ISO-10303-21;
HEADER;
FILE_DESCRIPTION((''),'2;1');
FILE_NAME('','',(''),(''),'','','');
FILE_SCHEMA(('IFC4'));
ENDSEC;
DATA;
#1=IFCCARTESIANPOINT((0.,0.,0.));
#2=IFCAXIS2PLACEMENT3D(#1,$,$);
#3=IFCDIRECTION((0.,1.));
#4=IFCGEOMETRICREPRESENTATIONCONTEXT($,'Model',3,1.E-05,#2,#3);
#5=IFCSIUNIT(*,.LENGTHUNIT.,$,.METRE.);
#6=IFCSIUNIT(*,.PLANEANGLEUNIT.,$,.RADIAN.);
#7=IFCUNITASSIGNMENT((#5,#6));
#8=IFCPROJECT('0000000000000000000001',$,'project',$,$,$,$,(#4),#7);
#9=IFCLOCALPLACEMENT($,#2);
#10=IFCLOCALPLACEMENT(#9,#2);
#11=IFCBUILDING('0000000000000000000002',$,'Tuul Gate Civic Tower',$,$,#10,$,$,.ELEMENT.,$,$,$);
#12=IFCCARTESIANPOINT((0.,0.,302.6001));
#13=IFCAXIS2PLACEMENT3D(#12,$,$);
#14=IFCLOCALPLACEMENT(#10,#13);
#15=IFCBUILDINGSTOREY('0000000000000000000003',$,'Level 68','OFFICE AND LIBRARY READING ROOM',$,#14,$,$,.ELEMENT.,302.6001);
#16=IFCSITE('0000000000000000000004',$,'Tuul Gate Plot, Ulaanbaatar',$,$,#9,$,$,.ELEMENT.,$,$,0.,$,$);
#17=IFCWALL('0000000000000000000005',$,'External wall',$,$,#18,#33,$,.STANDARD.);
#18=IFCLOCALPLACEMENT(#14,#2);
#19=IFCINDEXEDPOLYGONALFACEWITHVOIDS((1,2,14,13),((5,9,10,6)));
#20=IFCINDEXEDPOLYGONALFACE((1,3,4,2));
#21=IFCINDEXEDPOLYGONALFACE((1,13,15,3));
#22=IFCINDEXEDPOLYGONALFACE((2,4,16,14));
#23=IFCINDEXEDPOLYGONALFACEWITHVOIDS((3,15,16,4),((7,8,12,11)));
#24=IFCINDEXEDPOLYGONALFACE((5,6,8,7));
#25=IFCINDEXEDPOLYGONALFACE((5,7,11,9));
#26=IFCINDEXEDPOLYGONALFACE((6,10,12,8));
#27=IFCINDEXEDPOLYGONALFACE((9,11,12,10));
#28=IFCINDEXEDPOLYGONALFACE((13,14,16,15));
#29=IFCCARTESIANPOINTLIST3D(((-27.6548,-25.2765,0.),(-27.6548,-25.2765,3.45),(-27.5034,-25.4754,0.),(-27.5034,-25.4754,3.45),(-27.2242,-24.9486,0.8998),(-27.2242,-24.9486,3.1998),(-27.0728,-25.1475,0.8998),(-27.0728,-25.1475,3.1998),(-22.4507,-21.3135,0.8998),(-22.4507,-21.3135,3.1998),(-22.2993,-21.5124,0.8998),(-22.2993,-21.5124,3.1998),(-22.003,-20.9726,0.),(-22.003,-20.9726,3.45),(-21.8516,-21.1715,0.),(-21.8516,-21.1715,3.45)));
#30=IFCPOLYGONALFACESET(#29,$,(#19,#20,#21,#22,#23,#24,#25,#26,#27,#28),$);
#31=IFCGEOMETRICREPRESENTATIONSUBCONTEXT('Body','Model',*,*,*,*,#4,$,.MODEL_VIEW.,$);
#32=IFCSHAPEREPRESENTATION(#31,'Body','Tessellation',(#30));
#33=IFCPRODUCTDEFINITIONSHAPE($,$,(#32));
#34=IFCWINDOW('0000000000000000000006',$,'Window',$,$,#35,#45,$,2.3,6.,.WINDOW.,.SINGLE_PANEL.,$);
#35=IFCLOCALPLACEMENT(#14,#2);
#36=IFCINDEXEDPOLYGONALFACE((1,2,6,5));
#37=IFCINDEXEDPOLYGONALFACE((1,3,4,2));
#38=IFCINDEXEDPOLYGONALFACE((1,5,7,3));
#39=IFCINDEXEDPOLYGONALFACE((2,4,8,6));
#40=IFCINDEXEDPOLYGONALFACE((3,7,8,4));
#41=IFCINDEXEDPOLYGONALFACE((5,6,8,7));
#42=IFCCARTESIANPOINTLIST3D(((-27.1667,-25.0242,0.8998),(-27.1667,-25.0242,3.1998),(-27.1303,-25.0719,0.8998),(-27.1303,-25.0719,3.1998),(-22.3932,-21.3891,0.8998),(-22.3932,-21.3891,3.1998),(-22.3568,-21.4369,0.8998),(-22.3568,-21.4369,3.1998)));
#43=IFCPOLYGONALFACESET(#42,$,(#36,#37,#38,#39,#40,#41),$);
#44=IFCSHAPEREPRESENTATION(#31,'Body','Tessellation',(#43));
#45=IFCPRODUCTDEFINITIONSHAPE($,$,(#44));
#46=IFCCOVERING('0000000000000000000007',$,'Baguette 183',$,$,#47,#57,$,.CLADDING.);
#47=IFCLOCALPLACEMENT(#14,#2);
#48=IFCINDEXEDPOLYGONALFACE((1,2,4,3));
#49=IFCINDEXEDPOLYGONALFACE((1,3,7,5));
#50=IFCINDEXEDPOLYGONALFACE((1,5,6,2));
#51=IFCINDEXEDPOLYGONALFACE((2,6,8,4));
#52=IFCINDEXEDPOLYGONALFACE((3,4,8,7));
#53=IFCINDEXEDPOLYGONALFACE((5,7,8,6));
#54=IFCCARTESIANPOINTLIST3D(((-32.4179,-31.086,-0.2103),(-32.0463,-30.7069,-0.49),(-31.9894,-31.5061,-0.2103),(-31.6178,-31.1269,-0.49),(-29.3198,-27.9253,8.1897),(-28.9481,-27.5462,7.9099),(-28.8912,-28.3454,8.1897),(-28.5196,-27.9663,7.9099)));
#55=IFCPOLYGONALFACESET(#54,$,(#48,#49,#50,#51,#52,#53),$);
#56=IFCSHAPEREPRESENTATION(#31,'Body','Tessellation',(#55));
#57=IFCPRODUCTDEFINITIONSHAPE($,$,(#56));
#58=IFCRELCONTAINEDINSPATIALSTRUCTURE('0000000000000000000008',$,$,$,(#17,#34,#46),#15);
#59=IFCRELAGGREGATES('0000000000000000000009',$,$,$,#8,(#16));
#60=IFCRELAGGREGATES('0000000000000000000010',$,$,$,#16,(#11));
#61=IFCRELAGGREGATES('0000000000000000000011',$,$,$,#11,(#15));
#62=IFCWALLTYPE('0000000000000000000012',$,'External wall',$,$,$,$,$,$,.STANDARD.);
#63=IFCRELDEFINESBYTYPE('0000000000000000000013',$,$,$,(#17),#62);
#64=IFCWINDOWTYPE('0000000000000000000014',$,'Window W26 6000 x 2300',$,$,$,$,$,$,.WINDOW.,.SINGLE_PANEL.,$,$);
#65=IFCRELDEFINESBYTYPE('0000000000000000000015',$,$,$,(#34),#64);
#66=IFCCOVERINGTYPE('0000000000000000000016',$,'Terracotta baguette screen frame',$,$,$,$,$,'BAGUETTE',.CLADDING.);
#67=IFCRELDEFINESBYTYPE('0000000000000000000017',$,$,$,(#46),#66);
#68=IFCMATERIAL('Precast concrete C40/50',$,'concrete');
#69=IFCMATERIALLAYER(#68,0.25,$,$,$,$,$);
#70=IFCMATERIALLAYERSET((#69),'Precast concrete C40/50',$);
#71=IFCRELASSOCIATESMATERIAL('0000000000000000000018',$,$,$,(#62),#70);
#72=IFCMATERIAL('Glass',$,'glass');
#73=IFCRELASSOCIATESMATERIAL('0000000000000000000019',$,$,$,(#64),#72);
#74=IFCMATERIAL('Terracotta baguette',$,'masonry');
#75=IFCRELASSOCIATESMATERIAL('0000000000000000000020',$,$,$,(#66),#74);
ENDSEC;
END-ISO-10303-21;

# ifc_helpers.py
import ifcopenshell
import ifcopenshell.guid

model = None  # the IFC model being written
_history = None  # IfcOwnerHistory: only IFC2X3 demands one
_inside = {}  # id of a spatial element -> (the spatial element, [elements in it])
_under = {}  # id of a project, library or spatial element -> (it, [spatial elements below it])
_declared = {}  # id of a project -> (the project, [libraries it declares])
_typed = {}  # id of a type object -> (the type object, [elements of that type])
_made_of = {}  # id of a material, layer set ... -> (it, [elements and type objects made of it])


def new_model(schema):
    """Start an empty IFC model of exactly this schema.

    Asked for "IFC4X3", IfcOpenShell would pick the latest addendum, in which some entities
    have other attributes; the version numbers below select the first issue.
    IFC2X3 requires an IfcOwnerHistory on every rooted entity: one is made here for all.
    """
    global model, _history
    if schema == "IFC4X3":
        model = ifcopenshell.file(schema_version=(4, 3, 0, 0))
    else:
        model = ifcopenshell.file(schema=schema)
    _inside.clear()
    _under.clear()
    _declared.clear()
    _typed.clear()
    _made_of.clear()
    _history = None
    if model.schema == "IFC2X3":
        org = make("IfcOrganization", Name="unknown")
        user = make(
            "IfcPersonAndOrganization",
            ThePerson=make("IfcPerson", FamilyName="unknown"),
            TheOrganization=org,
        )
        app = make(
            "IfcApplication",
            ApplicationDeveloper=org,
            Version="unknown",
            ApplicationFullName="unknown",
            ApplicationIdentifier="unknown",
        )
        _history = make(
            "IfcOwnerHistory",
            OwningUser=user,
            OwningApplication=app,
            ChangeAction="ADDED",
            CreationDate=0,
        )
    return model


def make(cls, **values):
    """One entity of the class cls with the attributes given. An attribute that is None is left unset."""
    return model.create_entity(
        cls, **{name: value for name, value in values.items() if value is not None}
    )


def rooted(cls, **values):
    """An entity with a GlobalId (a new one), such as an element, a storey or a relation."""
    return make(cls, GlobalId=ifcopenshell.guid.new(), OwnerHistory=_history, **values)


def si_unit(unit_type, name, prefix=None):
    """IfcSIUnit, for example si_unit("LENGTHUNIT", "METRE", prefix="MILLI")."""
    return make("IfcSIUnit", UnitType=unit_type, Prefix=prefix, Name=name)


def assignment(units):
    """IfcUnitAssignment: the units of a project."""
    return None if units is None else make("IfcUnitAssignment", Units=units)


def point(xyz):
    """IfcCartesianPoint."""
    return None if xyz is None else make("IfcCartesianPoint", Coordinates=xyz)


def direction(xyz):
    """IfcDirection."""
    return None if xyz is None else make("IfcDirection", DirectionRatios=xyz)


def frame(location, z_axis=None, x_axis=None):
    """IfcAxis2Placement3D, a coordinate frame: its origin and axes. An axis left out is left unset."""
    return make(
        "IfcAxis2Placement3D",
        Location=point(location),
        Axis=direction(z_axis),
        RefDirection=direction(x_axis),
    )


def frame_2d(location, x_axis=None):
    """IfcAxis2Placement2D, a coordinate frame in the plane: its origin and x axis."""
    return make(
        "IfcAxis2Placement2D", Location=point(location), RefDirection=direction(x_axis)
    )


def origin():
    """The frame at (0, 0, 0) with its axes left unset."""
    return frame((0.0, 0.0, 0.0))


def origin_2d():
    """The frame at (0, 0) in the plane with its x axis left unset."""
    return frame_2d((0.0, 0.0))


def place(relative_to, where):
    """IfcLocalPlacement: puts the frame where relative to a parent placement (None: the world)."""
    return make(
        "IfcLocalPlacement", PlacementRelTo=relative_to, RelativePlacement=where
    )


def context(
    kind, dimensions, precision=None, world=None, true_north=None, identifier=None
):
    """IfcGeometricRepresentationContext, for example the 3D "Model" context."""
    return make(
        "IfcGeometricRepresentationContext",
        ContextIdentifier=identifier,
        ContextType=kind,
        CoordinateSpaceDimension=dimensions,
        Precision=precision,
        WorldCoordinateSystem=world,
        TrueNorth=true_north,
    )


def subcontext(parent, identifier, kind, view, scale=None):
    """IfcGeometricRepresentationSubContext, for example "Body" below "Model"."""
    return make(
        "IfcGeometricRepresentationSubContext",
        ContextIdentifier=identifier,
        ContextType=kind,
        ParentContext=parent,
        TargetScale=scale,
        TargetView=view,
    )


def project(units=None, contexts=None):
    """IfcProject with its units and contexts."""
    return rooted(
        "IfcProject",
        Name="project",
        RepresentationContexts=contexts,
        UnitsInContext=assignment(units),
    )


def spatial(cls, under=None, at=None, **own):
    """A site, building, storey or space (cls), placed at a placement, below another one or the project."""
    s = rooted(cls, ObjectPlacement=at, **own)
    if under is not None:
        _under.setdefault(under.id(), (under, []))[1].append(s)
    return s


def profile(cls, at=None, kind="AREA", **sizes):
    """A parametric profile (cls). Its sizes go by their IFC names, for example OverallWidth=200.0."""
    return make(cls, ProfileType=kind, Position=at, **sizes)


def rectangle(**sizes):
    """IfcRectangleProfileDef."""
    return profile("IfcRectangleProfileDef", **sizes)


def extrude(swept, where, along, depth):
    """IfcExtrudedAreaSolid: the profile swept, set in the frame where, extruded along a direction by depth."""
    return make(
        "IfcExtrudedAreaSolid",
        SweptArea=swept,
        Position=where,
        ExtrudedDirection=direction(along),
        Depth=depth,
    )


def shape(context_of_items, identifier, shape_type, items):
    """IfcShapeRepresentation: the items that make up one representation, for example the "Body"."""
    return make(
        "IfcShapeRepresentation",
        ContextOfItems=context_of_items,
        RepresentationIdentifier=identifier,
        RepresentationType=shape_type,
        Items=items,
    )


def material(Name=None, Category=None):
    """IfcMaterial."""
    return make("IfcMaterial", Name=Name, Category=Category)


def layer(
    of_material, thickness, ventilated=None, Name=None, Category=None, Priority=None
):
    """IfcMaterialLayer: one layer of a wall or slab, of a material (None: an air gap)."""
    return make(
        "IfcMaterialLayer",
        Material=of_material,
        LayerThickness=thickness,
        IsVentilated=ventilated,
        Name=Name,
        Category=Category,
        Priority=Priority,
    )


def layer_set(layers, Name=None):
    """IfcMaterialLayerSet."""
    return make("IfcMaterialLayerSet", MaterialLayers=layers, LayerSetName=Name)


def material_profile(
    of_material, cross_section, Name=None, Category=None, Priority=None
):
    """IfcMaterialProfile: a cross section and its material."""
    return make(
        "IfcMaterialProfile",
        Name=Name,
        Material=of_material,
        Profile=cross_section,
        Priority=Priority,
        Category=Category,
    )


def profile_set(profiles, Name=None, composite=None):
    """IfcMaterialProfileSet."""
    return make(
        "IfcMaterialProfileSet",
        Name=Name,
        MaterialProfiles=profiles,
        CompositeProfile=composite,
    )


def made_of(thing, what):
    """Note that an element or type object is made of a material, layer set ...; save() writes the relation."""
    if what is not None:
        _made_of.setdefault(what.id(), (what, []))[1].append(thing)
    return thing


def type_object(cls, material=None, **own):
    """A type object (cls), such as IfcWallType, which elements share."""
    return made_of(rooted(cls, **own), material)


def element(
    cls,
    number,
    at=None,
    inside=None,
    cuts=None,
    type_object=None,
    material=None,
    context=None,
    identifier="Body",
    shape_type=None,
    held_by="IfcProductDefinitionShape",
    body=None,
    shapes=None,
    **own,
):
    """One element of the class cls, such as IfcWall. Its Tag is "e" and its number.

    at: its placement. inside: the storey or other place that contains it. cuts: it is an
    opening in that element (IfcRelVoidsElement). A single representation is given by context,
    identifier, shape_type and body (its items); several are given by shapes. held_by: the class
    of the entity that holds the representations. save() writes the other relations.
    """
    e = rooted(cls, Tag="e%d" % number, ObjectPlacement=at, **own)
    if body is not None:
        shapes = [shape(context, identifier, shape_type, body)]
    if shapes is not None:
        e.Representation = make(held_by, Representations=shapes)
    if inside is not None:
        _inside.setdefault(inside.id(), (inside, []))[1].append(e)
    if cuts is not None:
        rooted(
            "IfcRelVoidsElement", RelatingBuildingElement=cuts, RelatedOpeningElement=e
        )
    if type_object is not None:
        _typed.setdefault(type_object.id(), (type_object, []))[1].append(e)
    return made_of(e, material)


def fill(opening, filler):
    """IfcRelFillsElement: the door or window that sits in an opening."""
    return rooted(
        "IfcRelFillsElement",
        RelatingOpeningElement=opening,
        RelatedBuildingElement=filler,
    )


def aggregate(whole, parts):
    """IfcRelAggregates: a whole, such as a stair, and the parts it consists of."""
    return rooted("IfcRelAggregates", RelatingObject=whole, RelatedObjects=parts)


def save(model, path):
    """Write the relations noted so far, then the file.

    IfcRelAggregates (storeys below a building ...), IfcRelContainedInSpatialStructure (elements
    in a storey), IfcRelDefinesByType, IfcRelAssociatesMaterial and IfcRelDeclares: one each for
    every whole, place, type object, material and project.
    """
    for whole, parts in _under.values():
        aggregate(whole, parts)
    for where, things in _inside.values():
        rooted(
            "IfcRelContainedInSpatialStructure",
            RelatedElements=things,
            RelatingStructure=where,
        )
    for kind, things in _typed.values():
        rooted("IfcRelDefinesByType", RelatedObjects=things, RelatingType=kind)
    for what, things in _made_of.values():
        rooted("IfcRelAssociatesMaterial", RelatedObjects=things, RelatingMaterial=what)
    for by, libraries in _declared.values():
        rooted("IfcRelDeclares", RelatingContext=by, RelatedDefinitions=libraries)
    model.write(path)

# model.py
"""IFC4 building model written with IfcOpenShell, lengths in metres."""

from ifc_helpers import new_model, si_unit, direction, frame, frame_2d, origin, origin_2d, place, context, subcontext, project, spatial, rectangle, extrude, material, layer, layer_set, material_profile, profile_set, type_object, element, fill, save


model = new_model("IFC4")

# Units and contexts
model_context = context("Model", 3, precision=1e-05, world=origin(), true_north=direction((0.0, 1.0)))
body_context = subcontext(model_context, "Body", "Model", "MODEL_VIEW")
ifc_project = project(units=[si_unit("LENGTHUNIT", "METRE"), si_unit("PLANEANGLEUNIT", "RADIAN")], contexts=[model_context])

# Site, building, storey
site_placement = place(None, origin())
site = spatial("IfcSite", under=ifc_project, at=site_placement, Name="Tuul Gate Plot, Ulaanbaatar", CompositionType="ELEMENT", RefElevation=0.0)
building_placement = place(site_placement, origin())
building = spatial("IfcBuilding", under=site, at=building_placement, Name="Tuul Gate Civic Tower", CompositionType="ELEMENT")
storey_placement = place(building_placement, frame((0.0, 0.0, 302.6001)))
storey = spatial("IfcBuildingStorey", under=building, at=storey_placement, Name="Level 68", Description="OFFICE AND LIBRARY READING ROOM", CompositionType="ELEMENT", Elevation=302.6001)

# Wall, opening, window
ifc_material_1 = material(Name="Precast concrete C40/50", Category="concrete")
ifc_layer_1 = layer(ifc_material_1, 0.25)
ifc_layer_set_1 = layer_set([ifc_layer_1], Name="Precast concrete C40/50")
wall_type_1 = type_object("IfcWallType", Name="External wall", PredefinedType="STANDARD", material=ifc_layer_set_1)
ifc_material_2 = material(Name="Glass", Category="glass")
window_type_1 = type_object("IfcWindowType", Name="Window W26 6000 x 2300", PartitioningType="SINGLE_PANEL", PredefinedType="WINDOW", material=ifc_material_2)
wall_1_placement = place(storey_placement, frame((-27.5791, -25.376, 0.0), z_axis=(0.0, 0.0, 1.0), x_axis=(0.795582, 0.605845, 0.0)))
wall_1 = element("IfcWall", 1, at=wall_1_placement, inside=storey, type_object=wall_type_1, Name="External wall", PredefinedType="STANDARD", context=body_context, shape_type="SweptSolid", body=[
    extrude(rectangle(XDim=7.104, YDim=0.25, at=frame_2d((3.552, 0.0))), origin(), (0.0, 0.0, 1.0), 3.45),
])
opening_1_placement = place(wall_1_placement, frame((0.5413, 0.0, 0.8999)))
opening_1 = element("IfcOpeningElement", 2, at=opening_1_placement, cuts=wall_1, PredefinedType="OPENING", context=body_context, shape_type="SweptSolid", body=[
    extrude(rectangle(XDim=6.0, YDim=2.3, at=frame_2d((3.0, 1.1499))), frame((0.0, 0.135, 0.0), z_axis=(0.0, -1.0, 0.0), x_axis=(1.0, 0.0, 0.0)), (0.0, 0.0, 1.0), 0.27),
])
window_1_placement = place(opening_1_placement, origin())
window_1 = element("IfcWindow", 3, at=window_1_placement, inside=storey, type_object=window_type_1, Name="Window", OverallHeight=2.3, OverallWidth=6.0, PartitioningType="SINGLE_PANEL", PredefinedType="WINDOW", context=body_context, shape_type="SweptSolid", body=[
    extrude(rectangle(XDim=6.0, YDim=2.3, at=frame_2d((3.0, 1.1499))), frame((0.0, 0.03, 0.0), z_axis=(0.0, -1.0, 0.0), x_axis=(1.0, 0.0, 0.0)), (0.0, 0.0, 1.0), 0.0601),
])
fill(opening_1, window_1)

# Covering
ifc_material_3 = material(Name="Terracotta baguette", Category="masonry")
ifc_material_profile_1 = material_profile(ifc_material_3, rectangle(XDim=0.6001, YDim=0.6001, at=origin_2d()), Name="Terracotta baguette screen frame")
ifc_profile_set_1 = profile_set([ifc_material_profile_1], Name="Terracotta baguette")
covering_type = type_object("IfcCoveringType", Name="Terracotta baguette screen frame", ElementType="BAGUETTE", PredefinedType="CLADDING", material=ifc_profile_set_1)
covering_placement = place(storey_placement, frame((-28.9197, -27.9458, 8.0498), z_axis=(-0.326308, -0.33289, -0.884708), x_axis=(0.714132, -0.700011, 0.0)))
element("IfcCovering", 4, at=covering_placement, inside=storey, type_object=covering_type, Name="Baguette 183", PredefinedType="CLADDING", context=body_context, shape_type="SweptSolid", body=[
    extrude(rectangle(XDim=0.6001, YDim=0.6001, at=origin_2d()), origin(), (0.0, 0.0, 1.0), 9.4946),
])

save(model, "model.ifc")
